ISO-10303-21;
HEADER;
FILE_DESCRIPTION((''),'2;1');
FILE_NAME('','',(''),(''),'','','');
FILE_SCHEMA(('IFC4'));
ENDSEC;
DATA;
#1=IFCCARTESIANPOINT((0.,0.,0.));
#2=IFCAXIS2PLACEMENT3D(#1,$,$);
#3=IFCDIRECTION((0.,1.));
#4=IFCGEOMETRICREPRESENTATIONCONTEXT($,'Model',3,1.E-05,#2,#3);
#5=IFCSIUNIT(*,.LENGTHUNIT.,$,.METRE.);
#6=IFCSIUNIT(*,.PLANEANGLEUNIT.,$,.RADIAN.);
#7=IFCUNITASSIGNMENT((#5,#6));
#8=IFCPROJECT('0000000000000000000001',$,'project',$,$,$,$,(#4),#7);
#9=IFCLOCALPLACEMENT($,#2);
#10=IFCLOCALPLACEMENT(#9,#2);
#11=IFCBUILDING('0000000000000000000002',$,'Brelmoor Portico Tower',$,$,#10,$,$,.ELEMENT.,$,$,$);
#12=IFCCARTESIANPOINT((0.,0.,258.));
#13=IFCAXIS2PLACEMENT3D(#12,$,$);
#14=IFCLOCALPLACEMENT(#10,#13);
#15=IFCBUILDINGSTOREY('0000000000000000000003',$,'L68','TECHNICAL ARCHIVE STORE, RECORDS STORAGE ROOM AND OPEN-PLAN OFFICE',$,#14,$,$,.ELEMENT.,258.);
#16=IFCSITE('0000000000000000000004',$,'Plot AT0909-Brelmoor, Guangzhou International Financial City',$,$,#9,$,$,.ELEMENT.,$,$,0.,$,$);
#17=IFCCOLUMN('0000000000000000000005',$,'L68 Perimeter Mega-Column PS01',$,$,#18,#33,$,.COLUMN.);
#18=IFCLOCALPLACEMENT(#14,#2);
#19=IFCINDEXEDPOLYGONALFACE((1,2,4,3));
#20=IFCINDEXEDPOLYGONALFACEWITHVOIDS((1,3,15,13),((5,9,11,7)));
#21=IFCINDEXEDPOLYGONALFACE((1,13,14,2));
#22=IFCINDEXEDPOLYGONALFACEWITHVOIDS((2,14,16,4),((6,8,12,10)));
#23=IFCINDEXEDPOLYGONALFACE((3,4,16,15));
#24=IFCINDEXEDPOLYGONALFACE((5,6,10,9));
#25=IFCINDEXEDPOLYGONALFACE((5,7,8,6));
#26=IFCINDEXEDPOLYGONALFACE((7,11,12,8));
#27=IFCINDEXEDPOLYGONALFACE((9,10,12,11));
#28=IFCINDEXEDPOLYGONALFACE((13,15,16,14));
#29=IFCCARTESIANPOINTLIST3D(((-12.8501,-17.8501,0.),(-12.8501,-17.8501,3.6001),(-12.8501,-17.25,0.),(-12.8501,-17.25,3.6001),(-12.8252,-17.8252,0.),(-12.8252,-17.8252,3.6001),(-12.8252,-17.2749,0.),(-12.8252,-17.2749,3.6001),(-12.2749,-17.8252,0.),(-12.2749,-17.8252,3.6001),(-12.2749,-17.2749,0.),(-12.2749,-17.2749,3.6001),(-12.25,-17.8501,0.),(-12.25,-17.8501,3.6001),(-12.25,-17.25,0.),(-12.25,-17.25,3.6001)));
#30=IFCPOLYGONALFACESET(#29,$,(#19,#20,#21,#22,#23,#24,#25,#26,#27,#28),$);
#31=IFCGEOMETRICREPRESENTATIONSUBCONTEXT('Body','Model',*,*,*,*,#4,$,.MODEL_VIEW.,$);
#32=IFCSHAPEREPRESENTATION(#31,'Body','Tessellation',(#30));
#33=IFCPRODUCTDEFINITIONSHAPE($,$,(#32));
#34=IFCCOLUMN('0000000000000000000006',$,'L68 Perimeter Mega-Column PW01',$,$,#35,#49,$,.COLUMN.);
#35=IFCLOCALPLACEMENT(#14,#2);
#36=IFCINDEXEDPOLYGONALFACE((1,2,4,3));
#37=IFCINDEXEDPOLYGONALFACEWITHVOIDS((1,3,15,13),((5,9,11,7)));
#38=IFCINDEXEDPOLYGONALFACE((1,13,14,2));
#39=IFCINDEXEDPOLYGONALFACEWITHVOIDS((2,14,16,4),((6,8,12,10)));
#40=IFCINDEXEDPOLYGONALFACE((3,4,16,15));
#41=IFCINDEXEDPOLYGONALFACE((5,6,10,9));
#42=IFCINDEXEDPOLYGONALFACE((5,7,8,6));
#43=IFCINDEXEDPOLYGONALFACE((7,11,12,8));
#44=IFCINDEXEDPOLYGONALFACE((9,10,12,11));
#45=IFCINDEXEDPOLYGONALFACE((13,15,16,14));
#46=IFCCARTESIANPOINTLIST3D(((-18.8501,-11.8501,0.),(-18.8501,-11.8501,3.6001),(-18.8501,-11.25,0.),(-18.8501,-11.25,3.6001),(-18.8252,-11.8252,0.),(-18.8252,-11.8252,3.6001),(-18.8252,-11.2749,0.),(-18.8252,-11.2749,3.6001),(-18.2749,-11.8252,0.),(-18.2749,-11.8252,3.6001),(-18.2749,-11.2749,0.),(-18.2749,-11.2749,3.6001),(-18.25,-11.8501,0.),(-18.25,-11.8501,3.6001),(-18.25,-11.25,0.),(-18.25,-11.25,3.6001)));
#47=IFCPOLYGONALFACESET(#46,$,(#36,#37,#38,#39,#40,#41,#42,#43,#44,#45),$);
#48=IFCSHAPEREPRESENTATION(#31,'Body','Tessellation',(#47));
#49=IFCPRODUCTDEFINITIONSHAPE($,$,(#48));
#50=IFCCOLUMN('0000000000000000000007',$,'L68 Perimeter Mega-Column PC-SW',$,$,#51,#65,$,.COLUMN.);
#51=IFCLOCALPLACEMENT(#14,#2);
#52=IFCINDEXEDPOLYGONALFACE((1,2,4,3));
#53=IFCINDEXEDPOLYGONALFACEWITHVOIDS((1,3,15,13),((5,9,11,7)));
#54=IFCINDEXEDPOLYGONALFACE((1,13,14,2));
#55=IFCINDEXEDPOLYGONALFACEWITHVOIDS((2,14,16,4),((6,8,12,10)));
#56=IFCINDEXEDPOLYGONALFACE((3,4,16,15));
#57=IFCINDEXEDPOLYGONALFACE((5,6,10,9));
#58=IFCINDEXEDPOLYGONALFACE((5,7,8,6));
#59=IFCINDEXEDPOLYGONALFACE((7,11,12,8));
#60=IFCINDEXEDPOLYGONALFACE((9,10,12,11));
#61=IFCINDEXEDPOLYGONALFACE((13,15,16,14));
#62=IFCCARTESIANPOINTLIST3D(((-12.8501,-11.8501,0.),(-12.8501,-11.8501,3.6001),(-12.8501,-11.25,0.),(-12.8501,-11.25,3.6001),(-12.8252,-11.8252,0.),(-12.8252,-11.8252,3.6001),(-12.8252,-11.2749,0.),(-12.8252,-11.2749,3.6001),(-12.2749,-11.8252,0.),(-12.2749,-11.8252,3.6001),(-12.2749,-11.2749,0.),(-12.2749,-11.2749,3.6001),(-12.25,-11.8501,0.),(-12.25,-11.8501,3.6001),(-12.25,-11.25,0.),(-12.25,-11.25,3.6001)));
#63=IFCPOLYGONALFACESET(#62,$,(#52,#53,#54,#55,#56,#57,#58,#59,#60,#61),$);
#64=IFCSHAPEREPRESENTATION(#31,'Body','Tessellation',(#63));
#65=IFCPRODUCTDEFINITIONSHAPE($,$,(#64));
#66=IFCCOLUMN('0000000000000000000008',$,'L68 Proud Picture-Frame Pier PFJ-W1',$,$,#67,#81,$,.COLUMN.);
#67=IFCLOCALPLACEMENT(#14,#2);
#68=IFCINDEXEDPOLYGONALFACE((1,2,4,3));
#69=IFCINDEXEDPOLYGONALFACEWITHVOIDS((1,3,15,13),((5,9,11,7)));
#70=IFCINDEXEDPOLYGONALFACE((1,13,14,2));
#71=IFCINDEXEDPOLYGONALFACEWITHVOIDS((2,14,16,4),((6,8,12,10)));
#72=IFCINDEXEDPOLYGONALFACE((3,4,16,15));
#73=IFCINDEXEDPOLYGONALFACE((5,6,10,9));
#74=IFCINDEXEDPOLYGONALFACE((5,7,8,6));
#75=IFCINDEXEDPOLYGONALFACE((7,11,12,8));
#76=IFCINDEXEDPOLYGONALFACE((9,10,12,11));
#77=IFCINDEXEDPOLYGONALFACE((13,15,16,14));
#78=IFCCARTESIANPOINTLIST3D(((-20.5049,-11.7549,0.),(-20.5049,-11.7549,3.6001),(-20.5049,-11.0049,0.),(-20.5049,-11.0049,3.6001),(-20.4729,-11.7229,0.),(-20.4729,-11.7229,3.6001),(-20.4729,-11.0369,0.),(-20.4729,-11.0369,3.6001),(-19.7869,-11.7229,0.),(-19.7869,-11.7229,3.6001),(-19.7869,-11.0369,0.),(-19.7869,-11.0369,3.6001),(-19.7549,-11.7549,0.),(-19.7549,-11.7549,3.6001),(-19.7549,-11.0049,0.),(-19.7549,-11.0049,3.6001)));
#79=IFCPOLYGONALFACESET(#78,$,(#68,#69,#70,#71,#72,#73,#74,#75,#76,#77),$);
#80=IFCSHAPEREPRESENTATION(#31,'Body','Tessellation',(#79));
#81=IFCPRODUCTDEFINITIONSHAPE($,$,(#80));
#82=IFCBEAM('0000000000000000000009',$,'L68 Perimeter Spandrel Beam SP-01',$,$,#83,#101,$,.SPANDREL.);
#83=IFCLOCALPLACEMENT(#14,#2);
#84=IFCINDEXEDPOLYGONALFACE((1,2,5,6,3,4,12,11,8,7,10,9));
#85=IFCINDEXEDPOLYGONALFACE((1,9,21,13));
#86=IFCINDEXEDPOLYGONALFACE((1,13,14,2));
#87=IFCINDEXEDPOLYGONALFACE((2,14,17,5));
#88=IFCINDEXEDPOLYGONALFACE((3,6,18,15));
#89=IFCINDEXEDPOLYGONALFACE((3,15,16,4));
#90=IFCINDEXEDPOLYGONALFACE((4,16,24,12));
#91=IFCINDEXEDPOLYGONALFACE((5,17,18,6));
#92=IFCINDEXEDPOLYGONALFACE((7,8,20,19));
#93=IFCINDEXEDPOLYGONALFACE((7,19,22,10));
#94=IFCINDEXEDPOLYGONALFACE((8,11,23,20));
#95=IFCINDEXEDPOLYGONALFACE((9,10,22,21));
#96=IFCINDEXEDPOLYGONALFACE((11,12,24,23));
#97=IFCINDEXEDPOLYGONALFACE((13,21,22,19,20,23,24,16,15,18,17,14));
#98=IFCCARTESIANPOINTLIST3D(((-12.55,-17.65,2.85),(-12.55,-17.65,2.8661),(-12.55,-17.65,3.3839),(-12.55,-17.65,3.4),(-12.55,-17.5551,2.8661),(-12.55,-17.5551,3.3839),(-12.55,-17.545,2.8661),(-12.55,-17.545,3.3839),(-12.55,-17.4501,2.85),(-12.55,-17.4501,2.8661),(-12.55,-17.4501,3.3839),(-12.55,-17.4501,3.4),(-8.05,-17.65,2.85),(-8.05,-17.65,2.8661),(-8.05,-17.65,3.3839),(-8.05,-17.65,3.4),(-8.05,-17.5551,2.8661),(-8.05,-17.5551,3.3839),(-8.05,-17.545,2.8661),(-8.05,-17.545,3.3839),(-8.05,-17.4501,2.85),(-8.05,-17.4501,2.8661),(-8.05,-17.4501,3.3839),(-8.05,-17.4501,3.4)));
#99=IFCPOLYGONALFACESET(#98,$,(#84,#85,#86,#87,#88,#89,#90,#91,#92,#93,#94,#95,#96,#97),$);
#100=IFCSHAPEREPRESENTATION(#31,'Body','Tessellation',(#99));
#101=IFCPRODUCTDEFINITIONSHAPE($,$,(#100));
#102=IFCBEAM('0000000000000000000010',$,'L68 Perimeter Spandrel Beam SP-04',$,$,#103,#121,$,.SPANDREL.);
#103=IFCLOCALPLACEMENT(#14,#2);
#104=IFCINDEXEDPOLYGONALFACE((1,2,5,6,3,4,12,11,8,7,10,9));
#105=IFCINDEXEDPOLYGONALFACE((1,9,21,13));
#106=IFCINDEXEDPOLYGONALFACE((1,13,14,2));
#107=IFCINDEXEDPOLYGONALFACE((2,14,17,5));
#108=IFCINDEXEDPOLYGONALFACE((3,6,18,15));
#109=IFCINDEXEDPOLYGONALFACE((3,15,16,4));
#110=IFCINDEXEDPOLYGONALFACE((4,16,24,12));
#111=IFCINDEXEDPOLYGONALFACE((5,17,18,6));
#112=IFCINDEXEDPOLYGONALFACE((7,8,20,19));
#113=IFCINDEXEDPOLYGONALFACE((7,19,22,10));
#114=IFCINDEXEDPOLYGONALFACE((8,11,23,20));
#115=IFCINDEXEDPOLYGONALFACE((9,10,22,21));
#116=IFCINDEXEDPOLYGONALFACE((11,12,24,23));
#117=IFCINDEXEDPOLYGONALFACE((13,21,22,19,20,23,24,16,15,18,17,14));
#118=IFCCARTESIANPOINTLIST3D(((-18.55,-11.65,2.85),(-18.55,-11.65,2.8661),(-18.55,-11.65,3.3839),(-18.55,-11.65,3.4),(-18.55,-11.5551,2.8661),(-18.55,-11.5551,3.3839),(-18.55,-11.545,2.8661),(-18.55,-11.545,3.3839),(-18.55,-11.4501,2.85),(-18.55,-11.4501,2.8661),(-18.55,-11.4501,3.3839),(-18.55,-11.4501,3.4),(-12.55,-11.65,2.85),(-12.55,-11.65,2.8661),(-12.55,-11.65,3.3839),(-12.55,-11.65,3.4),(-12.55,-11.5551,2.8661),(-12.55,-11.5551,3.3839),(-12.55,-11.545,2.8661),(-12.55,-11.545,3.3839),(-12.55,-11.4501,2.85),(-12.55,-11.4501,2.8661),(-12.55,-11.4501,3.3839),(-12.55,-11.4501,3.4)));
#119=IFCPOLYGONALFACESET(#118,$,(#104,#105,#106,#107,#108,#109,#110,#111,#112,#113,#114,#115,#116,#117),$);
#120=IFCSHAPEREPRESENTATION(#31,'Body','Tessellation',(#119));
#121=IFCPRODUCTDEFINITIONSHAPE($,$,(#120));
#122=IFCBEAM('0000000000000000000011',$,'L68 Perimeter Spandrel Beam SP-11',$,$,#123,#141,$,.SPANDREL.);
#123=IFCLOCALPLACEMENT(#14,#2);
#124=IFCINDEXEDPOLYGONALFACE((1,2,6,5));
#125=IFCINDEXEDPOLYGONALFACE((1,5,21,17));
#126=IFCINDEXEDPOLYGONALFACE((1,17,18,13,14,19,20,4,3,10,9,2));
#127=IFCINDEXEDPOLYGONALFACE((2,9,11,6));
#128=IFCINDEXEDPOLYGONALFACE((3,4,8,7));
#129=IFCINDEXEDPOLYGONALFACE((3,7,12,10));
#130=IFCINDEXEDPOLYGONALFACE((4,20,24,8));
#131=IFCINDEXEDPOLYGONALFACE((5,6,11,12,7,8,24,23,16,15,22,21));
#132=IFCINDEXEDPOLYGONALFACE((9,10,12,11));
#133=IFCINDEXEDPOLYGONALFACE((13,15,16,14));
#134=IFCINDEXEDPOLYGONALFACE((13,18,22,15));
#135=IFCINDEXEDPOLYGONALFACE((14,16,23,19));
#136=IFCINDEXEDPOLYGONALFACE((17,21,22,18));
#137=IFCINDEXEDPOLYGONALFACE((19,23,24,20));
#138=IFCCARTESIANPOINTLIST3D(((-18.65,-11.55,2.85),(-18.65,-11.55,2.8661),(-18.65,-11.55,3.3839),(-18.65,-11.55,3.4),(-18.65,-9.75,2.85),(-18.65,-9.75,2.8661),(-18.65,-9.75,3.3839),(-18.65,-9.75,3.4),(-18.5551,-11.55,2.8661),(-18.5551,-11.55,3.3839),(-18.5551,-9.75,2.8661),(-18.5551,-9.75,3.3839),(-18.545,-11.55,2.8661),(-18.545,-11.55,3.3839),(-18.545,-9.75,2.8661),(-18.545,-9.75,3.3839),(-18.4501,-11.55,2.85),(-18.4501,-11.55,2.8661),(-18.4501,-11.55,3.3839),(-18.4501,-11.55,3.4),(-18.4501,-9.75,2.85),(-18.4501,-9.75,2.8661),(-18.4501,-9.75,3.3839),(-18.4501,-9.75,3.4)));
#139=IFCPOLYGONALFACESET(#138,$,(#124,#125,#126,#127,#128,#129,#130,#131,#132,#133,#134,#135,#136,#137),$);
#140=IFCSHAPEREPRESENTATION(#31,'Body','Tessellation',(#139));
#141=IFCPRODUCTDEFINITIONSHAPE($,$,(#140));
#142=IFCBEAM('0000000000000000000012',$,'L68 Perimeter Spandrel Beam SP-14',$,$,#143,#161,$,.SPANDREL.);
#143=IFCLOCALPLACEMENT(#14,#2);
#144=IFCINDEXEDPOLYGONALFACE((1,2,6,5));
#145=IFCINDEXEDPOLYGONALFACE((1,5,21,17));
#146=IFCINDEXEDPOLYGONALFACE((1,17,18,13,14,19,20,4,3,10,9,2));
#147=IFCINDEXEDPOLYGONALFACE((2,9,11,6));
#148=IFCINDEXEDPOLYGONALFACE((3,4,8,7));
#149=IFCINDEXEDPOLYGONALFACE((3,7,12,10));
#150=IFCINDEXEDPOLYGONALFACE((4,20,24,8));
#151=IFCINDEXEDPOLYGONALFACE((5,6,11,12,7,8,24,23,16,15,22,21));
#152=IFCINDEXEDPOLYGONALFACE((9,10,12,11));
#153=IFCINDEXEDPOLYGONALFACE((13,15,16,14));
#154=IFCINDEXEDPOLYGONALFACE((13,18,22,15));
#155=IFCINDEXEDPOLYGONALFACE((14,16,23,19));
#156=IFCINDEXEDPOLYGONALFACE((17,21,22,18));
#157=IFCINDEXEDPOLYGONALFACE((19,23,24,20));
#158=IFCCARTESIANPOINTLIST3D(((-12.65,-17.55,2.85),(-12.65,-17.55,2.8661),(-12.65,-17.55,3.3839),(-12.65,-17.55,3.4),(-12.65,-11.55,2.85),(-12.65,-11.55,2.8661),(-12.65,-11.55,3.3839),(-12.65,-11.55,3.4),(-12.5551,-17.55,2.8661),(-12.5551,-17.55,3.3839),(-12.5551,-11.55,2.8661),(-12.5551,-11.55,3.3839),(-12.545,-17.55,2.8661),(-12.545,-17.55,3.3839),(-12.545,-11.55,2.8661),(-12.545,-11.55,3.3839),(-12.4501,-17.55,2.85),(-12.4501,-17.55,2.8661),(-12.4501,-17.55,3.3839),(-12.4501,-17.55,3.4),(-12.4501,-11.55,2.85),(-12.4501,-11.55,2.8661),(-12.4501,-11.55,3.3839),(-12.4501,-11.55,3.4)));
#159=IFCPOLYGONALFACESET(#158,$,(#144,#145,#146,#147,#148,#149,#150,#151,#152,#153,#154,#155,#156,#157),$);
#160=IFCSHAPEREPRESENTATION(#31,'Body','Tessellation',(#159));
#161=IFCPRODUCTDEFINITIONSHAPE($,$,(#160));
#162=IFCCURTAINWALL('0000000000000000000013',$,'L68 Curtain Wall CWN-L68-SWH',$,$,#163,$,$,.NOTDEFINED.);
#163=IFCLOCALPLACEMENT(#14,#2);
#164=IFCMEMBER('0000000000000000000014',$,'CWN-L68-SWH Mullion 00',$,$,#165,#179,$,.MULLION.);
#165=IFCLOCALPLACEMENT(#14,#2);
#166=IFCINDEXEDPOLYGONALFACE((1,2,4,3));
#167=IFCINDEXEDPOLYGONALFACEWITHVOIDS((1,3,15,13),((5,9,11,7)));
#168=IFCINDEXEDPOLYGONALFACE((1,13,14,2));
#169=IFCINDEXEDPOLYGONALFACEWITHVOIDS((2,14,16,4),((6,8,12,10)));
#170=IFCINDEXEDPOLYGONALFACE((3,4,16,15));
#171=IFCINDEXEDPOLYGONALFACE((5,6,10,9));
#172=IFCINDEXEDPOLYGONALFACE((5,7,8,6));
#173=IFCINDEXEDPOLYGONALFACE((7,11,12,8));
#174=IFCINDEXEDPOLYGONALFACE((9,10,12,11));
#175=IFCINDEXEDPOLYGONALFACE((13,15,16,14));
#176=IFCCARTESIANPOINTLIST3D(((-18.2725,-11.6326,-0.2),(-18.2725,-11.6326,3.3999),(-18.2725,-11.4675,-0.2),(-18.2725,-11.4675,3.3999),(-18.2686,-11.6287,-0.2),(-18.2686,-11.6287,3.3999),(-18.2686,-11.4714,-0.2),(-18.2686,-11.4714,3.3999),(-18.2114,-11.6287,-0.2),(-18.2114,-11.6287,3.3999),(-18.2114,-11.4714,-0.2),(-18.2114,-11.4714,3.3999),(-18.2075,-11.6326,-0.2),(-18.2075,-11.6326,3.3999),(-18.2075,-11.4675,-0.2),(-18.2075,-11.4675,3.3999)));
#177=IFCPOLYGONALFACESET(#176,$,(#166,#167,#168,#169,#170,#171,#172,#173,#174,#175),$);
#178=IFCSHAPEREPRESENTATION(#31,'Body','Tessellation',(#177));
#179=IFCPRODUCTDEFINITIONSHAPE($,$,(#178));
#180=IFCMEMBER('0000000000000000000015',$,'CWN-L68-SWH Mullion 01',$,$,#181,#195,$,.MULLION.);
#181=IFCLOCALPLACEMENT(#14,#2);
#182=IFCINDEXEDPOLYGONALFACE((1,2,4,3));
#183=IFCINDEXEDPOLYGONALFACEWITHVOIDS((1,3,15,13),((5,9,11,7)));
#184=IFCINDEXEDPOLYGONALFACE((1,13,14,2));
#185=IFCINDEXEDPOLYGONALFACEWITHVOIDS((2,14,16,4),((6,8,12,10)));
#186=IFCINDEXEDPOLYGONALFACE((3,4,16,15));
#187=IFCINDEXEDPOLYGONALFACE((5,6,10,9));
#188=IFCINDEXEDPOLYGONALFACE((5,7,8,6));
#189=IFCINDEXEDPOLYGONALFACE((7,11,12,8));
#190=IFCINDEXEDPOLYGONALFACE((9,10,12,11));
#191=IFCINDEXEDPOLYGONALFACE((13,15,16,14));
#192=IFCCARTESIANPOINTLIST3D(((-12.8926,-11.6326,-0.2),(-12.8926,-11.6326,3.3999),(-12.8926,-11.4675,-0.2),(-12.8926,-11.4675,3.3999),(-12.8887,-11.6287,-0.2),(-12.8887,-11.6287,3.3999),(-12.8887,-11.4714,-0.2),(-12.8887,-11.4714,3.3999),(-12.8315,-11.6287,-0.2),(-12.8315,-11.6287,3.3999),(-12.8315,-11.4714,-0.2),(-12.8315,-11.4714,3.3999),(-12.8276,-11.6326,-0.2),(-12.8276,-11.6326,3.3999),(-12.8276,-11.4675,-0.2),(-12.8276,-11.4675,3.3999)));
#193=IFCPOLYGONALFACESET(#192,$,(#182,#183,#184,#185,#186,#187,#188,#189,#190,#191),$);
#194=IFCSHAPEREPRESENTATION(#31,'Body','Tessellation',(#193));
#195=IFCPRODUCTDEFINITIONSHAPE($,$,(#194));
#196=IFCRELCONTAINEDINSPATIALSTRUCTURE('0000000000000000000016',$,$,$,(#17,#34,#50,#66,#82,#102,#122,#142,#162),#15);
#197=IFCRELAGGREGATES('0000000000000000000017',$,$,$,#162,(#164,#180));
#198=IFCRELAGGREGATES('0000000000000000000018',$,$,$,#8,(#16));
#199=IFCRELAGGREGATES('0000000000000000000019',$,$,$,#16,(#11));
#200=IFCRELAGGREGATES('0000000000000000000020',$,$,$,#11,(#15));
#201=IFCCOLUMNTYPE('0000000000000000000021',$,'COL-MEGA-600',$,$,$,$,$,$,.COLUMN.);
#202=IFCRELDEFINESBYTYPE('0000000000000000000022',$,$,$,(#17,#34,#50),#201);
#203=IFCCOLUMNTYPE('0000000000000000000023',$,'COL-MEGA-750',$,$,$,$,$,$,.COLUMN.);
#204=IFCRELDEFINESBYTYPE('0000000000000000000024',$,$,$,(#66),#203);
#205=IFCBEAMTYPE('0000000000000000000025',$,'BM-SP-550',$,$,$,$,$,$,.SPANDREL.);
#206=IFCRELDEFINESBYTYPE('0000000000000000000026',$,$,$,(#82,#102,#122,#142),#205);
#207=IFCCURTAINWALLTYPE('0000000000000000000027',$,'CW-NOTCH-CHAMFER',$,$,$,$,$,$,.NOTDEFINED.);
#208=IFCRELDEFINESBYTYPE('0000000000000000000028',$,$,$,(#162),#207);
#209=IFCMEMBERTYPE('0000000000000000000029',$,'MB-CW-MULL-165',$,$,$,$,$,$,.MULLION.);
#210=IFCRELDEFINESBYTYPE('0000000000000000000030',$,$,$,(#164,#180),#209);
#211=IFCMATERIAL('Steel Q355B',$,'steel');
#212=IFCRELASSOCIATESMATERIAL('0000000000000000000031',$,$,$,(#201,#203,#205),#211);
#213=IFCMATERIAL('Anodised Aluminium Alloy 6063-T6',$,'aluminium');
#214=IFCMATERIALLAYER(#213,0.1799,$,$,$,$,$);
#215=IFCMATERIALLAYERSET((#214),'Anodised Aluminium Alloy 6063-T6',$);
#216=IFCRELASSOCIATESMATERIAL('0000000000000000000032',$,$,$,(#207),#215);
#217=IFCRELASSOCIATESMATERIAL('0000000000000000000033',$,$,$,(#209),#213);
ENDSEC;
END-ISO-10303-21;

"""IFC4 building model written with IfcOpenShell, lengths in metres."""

from ifc_helpers import new_model, si_unit, direction, frame, origin, origin_2d, place, context, subcontext, project, spatial, hollow_rectangle, i_section, extrude, material, layer, layer_set, material_profile, profile_set, type_object, element, aggregate, save


model = new_model("IFC4")

# Units and contexts
model_context = context("Model", 3, precision=1e-05, world=origin(), true_north=direction((0.0, 1.0)))
body_context = subcontext(model_context, "Body", "Model", "MODEL_VIEW")
ifc_project = project(units=[si_unit("LENGTHUNIT", "METRE"), si_unit("PLANEANGLEUNIT", "RADIAN")], contexts=[model_context])

# Site, building, storey
site_placement = place(None, origin())
site = spatial("IfcSite", under=ifc_project, at=site_placement, Name="Plot AT0909-Brelmoor, Guangzhou International Financial City", CompositionType="ELEMENT", RefElevation=0.0)
building_placement = place(site_placement, origin())
building = spatial("IfcBuilding", under=site, at=building_placement, Name="Brelmoor Portico Tower", CompositionType="ELEMENT")
storey_placement = place(building_placement, frame((0.0, 0.0, 258.0)))
storey = spatial("IfcBuildingStorey", under=building, at=storey_placement, Name="L68", Description="TECHNICAL ARCHIVE STORE, RECORDS STORAGE ROOM AND OPEN-PLAN OFFICE", CompositionType="ELEMENT", Elevation=258.0)

# Columns
ifc_material_1 = material(Name="Steel Q355B", Category="steel")
ifc_material_profile_1 = material_profile(ifc_material_1, hollow_rectangle(XDim=0.6001, YDim=0.6001, WallThickness=0.0249, at=origin_2d()), Name="BOX 600x600x25")
ifc_profile_set_1 = profile_set([ifc_material_profile_1], Name="Steel Q355B")
column_type_1 = type_object("IfcColumnType", Name="COL-MEGA-600", PredefinedType="COLUMN", material=ifc_profile_set_1)
for number, where, z_axis, x_axis, name in (
    (1, (-12.55, -17.55, 0.0), (0.0, 0.0, 1.0), (1.0, 0.0, 0.0), "L68 Perimeter Mega-Column PS01"),
    (2, (-18.55, -11.55, 0.0), (0.0, 0.0, 1.0), (0.0, 1.0, 0.0), "L68 Perimeter Mega-Column PW01"),
    (3, (-12.55, -11.55, 0.0), (0.0, 0.0, 1.0), (1.0, 0.0, 0.0), "L68 Perimeter Mega-Column PC-SW"),
):
    element("IfcColumn", number, at=place(storey_placement, frame(where, z_axis=z_axis, x_axis=x_axis)), inside=storey, type_object=column_type_1, Name=name, PredefinedType="COLUMN", context=body_context, shape_type="SweptSolid", body=[
        extrude(hollow_rectangle(XDim=0.6001, YDim=0.6001, WallThickness=0.0249, at=origin_2d()), origin(), (0.0, 0.0, 1.0), 3.6001),
    ])
ifc_material_profile_2 = material_profile(ifc_material_1, hollow_rectangle(XDim=0.75, YDim=0.75, WallThickness=0.032, at=origin_2d()), Name="BOX 750x750x32")
ifc_profile_set_2 = profile_set([ifc_material_profile_2], Name="Steel Q355B")
column_type_2 = type_object("IfcColumnType", Name="COL-MEGA-750", PredefinedType="COLUMN", material=ifc_profile_set_2)
column_placement = place(storey_placement, frame((-20.1299, -11.3799, 0.0), z_axis=(0.0, 0.0, 1.0), x_axis=(0.0, 1.0, 0.0)))
element("IfcColumn", 4, at=column_placement, inside=storey, type_object=column_type_2, Name="L68 Proud Picture-Frame Pier PFJ-W1", PredefinedType="COLUMN", context=body_context, shape_type="SweptSolid", body=[
    extrude(hollow_rectangle(XDim=0.75, YDim=0.75, WallThickness=0.032, at=origin_2d()), origin(), (0.0, 0.0, 1.0), 3.6001),
])

# Beams
ifc_material_profile_3 = material_profile(ifc_material_1, i_section(OverallWidth=0.2, OverallDepth=0.55, WebThickness=0.01, FlangeThickness=0.0161, at=origin_2d()), Name="HN 550x200x10x16")
ifc_profile_set_3 = profile_set([ifc_material_profile_3], Name="Steel Q355B")
beam_type = type_object("IfcBeamType", Name="BM-SP-550", PredefinedType="SPANDREL", material=ifc_profile_set_3)
beam_1_placement = place(storey_placement, frame((-12.55, -17.55, 3.125), z_axis=(1.0, 0.0, 0.0), x_axis=(0.0, 1.0, 0.0)))
element("IfcBeam", 5, at=beam_1_placement, inside=storey, type_object=beam_type, Name="L68 Perimeter Spandrel Beam SP-01", PredefinedType="SPANDREL", context=body_context, shape_type="SweptSolid", body=[
    extrude(i_section(OverallWidth=0.2, OverallDepth=0.55, WebThickness=0.01, FlangeThickness=0.0161, at=origin_2d()), origin(), (0.0, 0.0, 1.0), 4.5),
])
beam_2_placement = place(storey_placement, frame((-18.55, -11.55, 3.125), z_axis=(1.0, 0.0, 0.0), x_axis=(0.0, 1.0, 0.0)))
element("IfcBeam", 6, at=beam_2_placement, inside=storey, type_object=beam_type, Name="L68 Perimeter Spandrel Beam SP-04", PredefinedType="SPANDREL", context=body_context, shape_type="SweptSolid", body=[
    extrude(i_section(OverallWidth=0.2, OverallDepth=0.55, WebThickness=0.01, FlangeThickness=0.0161, at=origin_2d()), origin(), (0.0, 0.0, 1.0), 6.0),
])
beam_3_placement = place(storey_placement, frame((-18.55, -11.55, 3.125), z_axis=(0.0, 1.0, 0.0), x_axis=(-1.0, 0.0, 0.0)))
element("IfcBeam", 7, at=beam_3_placement, inside=storey, type_object=beam_type, Name="L68 Perimeter Spandrel Beam SP-11", PredefinedType="SPANDREL", context=body_context, shape_type="SweptSolid", body=[
    extrude(i_section(OverallWidth=0.2, OverallDepth=0.55, WebThickness=0.01, FlangeThickness=0.0161, at=origin_2d()), origin(), (0.0, 0.0, 1.0), 1.8),
])
beam_4_placement = place(storey_placement, frame((-12.55, -17.55, 3.125), z_axis=(0.0, 1.0, 0.0), x_axis=(-1.0, 0.0, 0.0)))
element("IfcBeam", 8, at=beam_4_placement, inside=storey, type_object=beam_type, Name="L68 Perimeter Spandrel Beam SP-14", PredefinedType="SPANDREL", context=body_context, shape_type="SweptSolid", body=[
    extrude(i_section(OverallWidth=0.2, OverallDepth=0.55, WebThickness=0.01, FlangeThickness=0.0161, at=origin_2d()), origin(), (0.0, 0.0, 1.0), 6.0),
])

# Curtain wall, members
ifc_material_2 = material(Name="Anodised Aluminium Alloy 6063-T6", Category="aluminium")
ifc_layer_1 = layer(ifc_material_2, 0.1799)
ifc_layer_set_1 = layer_set([ifc_layer_1], Name="Anodised Aluminium Alloy 6063-T6")
curtain_wall_type = type_object("IfcCurtainWallType", Name="CW-NOTCH-CHAMFER", PredefinedType="NOTDEFINED", material=ifc_layer_set_1)
curtain_wall_1_placement = place(storey_placement, origin())
curtain_wall_1 = element("IfcCurtainWall", 9, at=curtain_wall_1_placement, inside=storey, type_object=curtain_wall_type, Name="L68 Curtain Wall CWN-L68-SWH", PredefinedType="NOTDEFINED")
ifc_material_profile_4 = material_profile(ifc_material_2, hollow_rectangle(XDim=0.0649, YDim=0.165, WallThickness=0.0039, at=origin_2d()), Name="ALU MULLION 65x165")
ifc_profile_set_4 = profile_set([ifc_material_profile_4], Name="Anodised Aluminium Alloy 6063-T6")
member_type_1 = type_object("IfcMemberType", Name="MB-CW-MULL-165", PredefinedType="MULLION", material=ifc_profile_set_4)
member_1_placement = place(storey_placement, frame((-18.24, -11.55, -0.2), z_axis=(0.0, 0.0, 1.0), x_axis=(1.0, 0.0, 0.0)))
member_1 = element("IfcMember", 10, at=member_1_placement, type_object=member_type_1, Name="CWN-L68-SWH Mullion 00", PredefinedType="MULLION", context=body_context, shape_type="SweptSolid", body=[
    extrude(hollow_rectangle(XDim=0.0649, YDim=0.165, WallThickness=0.0039, at=origin_2d()), origin(), (0.0, 0.0, 1.0), 3.5999),
])
member_2_placement = place(storey_placement, frame((-12.8601, -11.55, -0.2), z_axis=(0.0, 0.0, 1.0), x_axis=(1.0, 0.0, 0.0)))
member_2 = element("IfcMember", 11, at=member_2_placement, type_object=member_type_1, Name="CWN-L68-SWH Mullion 01", PredefinedType="MULLION", context=body_context, shape_type="SweptSolid", body=[
    extrude(hollow_rectangle(XDim=0.0649, YDim=0.165, WallThickness=0.0039, at=origin_2d()), origin(), (0.0, 0.0, 1.0), 3.5999),
])

aggregate(curtain_wall_1, [member_1, member_2])

save(model, "model.ifc")
